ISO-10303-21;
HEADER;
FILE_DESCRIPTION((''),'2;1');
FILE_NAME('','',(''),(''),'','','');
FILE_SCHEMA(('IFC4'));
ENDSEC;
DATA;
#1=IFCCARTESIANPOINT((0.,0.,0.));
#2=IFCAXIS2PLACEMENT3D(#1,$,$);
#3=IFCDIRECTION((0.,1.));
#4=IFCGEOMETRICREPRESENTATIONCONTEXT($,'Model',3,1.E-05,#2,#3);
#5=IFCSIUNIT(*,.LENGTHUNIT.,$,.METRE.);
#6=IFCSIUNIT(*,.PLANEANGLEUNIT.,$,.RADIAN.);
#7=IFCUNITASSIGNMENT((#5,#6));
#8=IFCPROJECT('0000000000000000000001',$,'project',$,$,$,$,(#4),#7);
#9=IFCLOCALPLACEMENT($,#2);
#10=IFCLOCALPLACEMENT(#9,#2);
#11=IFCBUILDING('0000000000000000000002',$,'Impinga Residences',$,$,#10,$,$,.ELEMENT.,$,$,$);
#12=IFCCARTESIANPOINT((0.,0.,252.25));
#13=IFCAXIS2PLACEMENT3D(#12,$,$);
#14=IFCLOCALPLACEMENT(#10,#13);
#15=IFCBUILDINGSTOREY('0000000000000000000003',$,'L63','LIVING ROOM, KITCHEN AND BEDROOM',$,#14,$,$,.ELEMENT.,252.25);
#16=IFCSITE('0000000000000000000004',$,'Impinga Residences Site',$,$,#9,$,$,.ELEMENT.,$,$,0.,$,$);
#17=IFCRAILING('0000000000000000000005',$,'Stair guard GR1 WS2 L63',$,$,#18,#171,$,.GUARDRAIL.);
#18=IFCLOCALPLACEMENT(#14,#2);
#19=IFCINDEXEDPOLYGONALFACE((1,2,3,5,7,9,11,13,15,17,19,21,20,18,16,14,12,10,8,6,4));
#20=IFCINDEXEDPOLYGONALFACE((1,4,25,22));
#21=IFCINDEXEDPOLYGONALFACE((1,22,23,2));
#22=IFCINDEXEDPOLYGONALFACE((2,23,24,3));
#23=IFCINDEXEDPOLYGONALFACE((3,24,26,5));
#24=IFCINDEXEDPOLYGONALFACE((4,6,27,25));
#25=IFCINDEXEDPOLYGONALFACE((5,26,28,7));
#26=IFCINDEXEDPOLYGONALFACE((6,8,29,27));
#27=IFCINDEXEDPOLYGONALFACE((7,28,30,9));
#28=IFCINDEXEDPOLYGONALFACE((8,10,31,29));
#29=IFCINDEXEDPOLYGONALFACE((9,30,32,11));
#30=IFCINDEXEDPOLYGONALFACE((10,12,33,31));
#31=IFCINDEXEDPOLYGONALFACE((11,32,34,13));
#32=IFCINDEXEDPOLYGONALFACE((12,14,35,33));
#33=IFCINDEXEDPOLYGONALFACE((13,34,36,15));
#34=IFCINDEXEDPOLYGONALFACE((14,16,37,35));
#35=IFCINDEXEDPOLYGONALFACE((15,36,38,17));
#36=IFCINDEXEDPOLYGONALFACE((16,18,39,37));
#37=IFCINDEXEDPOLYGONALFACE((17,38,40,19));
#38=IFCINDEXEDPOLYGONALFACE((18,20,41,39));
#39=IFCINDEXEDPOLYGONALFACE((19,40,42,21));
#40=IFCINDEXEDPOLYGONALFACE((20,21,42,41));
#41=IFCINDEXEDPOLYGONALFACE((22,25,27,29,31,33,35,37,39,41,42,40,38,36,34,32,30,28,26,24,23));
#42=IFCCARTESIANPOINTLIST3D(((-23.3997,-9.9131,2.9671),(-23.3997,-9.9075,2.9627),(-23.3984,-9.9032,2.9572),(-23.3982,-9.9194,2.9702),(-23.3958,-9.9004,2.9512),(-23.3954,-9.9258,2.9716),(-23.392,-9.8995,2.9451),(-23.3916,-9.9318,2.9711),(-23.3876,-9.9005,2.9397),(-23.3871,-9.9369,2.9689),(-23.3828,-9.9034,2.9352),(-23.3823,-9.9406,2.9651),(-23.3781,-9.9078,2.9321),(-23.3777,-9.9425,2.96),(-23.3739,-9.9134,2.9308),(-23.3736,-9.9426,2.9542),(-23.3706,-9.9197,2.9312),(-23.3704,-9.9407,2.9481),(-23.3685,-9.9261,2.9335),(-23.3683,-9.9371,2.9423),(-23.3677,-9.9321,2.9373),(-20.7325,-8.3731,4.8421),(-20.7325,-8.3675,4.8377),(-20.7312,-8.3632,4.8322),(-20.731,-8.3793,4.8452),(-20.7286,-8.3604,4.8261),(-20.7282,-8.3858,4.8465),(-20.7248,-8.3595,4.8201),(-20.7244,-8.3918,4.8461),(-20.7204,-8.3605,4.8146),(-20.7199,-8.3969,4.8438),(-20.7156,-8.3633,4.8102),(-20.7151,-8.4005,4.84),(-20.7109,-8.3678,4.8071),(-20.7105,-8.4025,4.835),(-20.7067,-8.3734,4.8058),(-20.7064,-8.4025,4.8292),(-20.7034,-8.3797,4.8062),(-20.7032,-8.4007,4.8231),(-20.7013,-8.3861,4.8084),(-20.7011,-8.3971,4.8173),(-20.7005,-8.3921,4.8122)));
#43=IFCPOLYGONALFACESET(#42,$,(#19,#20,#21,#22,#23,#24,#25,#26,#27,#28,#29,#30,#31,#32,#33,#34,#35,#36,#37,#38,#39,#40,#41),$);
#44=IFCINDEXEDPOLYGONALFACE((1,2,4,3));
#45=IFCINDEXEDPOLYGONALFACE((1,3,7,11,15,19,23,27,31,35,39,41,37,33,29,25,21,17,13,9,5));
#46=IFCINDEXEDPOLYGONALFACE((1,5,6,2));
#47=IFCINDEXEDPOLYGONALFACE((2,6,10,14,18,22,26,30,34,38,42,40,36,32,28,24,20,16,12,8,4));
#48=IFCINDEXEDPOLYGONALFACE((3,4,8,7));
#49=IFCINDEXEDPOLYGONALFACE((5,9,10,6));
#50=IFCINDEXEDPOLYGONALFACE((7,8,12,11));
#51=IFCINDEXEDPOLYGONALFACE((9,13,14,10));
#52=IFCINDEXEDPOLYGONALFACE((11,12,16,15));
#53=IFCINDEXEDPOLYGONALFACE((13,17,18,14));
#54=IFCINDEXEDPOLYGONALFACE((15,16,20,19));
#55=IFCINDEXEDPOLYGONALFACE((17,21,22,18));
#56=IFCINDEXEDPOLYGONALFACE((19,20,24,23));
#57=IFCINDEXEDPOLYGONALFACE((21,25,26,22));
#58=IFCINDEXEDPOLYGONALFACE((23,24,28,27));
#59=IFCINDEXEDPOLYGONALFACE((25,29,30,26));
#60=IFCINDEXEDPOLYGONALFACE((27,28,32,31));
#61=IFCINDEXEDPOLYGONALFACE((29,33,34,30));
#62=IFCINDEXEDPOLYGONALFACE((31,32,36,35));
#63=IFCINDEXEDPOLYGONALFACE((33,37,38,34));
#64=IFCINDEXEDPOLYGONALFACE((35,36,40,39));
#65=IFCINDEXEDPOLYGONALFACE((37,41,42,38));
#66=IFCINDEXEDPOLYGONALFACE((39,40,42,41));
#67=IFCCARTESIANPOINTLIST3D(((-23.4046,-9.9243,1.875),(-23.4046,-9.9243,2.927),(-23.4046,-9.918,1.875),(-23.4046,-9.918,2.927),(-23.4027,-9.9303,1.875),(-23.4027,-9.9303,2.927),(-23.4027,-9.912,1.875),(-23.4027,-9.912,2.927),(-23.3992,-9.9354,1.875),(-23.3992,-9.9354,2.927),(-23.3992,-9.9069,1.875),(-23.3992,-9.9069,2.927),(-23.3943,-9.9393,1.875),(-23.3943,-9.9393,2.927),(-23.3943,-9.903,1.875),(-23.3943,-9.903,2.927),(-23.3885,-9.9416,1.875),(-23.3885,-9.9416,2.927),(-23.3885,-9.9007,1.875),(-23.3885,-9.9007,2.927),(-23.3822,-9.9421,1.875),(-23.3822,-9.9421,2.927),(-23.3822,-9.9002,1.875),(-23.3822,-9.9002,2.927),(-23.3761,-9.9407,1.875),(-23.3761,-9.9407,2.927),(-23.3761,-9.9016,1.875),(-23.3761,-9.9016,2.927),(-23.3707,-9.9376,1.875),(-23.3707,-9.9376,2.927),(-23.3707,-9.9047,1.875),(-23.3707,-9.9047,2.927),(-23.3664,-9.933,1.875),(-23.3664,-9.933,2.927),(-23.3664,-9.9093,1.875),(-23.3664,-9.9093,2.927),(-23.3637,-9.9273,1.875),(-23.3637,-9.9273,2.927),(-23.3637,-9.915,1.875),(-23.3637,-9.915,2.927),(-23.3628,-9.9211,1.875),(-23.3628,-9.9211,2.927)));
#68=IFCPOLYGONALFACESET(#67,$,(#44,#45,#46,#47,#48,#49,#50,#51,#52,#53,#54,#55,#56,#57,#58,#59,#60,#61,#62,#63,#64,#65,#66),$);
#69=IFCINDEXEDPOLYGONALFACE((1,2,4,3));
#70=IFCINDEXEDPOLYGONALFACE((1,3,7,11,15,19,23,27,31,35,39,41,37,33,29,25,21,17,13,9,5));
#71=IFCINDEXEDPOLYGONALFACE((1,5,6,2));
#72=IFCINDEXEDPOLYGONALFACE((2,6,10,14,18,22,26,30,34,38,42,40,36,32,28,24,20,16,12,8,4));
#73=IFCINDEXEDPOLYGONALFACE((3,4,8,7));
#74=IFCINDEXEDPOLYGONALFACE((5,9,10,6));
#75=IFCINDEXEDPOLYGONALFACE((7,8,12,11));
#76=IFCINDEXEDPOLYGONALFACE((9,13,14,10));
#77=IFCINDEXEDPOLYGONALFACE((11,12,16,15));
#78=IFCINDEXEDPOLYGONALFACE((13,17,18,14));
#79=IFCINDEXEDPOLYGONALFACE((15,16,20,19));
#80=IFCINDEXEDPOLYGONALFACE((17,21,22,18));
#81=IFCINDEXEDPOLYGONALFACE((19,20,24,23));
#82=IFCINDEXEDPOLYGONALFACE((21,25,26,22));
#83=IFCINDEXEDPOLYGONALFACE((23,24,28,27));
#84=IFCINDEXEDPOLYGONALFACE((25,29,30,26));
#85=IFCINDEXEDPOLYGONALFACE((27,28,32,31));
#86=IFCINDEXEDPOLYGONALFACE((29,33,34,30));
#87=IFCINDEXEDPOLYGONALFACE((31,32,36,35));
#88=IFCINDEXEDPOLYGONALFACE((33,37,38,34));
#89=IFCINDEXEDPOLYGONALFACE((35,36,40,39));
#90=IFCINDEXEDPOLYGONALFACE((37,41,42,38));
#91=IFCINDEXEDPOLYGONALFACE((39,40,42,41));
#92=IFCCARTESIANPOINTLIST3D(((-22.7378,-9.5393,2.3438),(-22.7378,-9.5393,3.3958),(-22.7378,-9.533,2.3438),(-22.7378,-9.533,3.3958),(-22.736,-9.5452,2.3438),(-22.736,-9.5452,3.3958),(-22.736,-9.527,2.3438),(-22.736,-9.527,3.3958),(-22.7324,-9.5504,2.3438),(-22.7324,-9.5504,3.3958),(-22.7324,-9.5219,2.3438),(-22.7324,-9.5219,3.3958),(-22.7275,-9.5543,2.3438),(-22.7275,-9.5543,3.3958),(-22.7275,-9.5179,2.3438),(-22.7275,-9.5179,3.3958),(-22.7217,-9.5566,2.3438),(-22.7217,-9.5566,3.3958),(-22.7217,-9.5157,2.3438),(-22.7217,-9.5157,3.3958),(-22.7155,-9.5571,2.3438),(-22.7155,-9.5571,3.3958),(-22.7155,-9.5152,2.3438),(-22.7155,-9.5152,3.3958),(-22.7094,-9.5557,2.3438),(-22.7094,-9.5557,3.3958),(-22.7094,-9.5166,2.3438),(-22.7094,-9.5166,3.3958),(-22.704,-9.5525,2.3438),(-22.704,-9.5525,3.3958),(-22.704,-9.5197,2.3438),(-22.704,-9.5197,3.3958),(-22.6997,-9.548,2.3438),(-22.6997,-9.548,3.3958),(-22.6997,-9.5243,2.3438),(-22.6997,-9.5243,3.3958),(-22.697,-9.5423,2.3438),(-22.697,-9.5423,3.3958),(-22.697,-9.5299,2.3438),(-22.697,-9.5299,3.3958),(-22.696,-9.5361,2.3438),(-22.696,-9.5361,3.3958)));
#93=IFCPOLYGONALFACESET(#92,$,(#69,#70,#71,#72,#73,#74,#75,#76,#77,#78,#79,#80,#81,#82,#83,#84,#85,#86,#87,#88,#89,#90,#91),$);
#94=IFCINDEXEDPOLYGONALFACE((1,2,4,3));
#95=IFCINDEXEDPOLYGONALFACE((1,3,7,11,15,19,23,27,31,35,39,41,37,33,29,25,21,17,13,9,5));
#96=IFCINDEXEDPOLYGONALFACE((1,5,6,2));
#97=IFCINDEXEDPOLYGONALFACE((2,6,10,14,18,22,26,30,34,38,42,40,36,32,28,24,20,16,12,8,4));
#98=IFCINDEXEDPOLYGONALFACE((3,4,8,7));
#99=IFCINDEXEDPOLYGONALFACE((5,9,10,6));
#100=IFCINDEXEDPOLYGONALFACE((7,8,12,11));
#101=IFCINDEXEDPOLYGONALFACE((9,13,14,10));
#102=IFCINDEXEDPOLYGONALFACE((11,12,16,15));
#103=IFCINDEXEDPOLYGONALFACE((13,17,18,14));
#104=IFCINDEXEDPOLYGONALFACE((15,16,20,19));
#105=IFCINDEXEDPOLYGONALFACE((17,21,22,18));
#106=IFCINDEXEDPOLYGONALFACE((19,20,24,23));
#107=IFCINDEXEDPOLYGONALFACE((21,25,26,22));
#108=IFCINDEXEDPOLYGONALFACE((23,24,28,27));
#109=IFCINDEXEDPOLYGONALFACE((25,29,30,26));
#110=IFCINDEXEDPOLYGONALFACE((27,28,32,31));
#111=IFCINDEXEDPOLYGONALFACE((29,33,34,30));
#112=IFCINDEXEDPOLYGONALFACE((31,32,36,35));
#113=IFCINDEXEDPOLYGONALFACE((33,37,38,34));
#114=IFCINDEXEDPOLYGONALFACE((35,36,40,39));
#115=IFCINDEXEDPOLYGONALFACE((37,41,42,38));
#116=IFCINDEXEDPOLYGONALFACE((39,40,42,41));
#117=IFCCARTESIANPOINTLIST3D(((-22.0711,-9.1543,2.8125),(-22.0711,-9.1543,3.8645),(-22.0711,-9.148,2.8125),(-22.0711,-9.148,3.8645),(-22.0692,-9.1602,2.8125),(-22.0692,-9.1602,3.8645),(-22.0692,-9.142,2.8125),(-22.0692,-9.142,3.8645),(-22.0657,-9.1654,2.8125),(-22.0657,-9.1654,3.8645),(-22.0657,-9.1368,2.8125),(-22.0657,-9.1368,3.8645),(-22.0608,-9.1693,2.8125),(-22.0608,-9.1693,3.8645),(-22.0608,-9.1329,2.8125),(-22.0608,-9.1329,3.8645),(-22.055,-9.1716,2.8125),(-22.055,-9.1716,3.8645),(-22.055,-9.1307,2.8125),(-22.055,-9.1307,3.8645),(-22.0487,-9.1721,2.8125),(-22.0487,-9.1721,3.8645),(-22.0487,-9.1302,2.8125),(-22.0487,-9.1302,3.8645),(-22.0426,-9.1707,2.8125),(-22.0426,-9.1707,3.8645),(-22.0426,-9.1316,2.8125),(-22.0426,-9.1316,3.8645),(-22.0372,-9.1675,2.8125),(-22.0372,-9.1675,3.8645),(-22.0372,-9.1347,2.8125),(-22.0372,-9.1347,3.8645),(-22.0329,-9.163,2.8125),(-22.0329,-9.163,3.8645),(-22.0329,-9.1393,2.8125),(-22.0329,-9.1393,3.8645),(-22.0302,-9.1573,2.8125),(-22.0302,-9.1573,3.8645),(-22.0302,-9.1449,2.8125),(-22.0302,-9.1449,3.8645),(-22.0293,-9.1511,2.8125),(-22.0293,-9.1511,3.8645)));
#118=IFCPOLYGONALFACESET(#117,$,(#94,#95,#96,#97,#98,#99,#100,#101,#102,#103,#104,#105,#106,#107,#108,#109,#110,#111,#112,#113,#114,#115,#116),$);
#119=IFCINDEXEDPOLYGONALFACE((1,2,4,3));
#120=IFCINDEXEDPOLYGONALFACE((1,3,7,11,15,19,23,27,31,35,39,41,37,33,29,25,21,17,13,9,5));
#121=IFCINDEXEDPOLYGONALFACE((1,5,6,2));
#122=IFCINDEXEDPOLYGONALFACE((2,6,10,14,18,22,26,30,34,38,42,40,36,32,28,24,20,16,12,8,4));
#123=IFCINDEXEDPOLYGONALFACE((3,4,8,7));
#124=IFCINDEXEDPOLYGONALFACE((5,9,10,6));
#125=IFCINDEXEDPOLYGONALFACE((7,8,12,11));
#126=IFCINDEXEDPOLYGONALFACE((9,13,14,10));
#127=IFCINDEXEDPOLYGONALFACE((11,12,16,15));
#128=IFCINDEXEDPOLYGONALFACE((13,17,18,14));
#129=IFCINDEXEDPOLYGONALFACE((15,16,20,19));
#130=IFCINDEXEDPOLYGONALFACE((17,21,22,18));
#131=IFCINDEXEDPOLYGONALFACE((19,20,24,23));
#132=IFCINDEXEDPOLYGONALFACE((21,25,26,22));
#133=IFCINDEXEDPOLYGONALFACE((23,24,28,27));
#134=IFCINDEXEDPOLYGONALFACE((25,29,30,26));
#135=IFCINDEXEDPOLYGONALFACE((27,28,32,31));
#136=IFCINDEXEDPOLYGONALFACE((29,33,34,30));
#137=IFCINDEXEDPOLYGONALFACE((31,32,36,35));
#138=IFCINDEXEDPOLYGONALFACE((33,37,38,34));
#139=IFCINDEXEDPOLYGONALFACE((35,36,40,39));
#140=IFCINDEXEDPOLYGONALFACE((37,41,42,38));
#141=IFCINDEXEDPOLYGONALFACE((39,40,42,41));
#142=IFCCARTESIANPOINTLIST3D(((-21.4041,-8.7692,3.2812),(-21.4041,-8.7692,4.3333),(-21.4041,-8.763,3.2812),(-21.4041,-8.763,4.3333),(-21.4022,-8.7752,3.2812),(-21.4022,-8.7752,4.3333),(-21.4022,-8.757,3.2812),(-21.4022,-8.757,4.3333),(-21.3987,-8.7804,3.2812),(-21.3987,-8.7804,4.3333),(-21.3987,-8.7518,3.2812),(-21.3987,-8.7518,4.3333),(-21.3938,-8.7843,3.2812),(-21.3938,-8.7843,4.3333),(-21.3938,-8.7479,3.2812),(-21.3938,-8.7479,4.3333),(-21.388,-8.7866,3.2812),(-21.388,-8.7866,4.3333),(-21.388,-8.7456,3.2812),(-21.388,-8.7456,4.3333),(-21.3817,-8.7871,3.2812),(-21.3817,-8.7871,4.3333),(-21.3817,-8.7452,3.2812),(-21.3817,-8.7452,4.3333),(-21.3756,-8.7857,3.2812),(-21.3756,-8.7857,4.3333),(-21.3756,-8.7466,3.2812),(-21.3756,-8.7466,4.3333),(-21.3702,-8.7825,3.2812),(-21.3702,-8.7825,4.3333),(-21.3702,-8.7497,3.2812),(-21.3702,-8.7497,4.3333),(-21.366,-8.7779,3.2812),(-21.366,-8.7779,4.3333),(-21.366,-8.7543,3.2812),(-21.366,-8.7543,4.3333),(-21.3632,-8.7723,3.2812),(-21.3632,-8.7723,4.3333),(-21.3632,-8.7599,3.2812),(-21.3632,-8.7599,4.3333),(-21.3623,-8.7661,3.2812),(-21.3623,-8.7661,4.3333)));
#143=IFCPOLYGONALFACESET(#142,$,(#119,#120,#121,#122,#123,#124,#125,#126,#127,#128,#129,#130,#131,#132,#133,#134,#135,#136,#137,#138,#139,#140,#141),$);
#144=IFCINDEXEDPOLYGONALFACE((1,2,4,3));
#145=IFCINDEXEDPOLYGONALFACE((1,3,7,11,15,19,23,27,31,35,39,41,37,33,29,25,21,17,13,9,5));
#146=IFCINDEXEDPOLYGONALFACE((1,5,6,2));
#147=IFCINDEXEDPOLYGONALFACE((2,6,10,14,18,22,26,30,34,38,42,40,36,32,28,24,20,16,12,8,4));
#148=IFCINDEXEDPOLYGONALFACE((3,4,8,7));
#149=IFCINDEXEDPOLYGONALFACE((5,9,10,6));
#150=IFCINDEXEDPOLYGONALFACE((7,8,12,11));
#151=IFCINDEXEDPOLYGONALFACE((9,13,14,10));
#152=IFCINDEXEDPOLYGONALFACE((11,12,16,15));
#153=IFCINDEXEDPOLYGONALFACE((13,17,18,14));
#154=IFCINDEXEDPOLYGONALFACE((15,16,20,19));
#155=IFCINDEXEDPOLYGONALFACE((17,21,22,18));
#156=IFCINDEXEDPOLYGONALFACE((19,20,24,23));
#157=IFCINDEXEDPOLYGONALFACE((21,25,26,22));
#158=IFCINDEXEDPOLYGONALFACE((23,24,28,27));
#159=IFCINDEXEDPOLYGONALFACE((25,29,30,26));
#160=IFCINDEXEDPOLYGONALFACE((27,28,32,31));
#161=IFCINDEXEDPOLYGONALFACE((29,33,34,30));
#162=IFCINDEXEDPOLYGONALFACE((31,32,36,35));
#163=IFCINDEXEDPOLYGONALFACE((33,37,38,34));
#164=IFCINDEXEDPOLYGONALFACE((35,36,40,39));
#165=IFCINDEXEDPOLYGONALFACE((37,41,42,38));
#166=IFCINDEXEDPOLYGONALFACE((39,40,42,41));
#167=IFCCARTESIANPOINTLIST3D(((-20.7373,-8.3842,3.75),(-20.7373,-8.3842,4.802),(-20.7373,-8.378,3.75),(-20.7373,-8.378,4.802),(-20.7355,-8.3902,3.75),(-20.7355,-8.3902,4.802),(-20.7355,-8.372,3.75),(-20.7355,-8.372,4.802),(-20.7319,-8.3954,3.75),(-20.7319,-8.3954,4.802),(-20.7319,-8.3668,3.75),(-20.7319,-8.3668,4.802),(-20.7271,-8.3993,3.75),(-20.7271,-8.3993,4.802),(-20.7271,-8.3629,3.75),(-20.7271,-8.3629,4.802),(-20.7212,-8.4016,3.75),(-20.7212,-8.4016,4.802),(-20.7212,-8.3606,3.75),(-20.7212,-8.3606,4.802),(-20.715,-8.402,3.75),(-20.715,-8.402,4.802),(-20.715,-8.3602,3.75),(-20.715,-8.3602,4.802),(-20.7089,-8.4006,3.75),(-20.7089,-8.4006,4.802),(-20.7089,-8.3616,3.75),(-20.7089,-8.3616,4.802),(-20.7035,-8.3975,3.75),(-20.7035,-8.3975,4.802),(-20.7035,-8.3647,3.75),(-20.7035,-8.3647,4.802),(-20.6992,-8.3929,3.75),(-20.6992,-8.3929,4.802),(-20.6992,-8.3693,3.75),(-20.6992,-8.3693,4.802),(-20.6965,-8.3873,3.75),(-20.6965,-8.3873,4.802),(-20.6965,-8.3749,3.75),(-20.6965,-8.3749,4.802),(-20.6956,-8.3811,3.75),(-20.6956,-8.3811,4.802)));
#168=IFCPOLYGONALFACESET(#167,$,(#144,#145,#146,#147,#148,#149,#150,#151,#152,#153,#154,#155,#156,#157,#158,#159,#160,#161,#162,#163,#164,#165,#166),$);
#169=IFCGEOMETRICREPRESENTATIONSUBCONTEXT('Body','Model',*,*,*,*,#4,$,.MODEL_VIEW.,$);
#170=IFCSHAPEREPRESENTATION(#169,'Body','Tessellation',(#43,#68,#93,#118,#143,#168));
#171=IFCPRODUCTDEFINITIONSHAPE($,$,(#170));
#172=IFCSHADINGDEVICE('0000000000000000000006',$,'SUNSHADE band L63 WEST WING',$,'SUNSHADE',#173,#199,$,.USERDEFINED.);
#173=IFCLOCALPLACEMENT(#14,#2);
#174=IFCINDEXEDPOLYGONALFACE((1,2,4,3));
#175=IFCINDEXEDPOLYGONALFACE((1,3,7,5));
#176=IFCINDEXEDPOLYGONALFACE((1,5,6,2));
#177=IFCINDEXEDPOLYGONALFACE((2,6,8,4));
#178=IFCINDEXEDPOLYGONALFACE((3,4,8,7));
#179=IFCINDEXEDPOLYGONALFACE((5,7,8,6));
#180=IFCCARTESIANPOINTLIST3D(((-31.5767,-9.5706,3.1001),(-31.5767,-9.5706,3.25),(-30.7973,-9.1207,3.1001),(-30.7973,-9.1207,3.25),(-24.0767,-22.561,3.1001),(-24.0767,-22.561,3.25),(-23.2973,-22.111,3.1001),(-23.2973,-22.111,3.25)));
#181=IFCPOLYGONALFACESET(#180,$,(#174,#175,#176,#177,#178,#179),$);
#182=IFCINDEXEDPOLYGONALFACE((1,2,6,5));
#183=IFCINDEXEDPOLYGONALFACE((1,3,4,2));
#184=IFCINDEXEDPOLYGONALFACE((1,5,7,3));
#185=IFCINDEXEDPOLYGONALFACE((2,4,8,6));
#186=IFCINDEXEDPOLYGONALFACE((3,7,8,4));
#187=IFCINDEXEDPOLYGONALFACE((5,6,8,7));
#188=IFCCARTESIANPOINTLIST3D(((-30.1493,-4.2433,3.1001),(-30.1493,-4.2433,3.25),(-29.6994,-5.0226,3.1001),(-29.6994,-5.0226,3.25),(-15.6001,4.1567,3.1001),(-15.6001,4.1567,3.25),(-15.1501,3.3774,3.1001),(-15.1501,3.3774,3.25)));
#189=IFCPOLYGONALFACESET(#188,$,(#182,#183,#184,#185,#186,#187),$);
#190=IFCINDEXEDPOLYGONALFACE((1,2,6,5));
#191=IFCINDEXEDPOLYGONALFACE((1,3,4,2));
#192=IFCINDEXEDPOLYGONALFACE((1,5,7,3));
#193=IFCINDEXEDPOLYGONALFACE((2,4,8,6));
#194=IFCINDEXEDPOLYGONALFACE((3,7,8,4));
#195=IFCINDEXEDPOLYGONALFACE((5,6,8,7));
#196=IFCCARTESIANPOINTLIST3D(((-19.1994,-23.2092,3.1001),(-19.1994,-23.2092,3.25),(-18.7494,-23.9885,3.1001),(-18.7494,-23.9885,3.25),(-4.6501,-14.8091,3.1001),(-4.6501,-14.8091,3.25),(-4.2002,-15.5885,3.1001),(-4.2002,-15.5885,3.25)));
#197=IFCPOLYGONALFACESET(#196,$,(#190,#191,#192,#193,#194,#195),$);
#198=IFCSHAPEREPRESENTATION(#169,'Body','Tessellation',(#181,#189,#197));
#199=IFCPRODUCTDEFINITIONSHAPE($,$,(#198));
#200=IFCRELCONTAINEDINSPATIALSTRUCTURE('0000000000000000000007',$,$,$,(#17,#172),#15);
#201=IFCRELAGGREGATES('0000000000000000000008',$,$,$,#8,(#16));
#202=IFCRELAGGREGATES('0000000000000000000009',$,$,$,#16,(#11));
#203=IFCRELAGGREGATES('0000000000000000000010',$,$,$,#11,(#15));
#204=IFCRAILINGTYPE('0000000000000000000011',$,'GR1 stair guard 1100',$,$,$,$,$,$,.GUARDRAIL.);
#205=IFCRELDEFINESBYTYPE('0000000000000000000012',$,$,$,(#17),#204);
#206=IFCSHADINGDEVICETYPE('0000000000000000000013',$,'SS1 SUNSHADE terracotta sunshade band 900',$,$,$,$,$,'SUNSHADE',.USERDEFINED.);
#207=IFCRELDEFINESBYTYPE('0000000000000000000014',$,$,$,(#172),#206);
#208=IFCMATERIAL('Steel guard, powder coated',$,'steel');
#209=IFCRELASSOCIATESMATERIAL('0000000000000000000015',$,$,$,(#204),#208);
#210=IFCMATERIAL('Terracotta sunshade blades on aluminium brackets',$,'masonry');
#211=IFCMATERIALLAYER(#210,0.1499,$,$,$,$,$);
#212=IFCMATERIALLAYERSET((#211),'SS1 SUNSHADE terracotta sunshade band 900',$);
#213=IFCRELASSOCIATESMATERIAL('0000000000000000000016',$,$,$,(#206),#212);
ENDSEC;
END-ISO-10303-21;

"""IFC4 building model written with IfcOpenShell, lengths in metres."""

from ifc_helpers import new_model, si_unit, direction, frame, origin, origin_2d, place, context, subcontext, project, spatial, rectangle, circle, extrude, material, layer, layer_set, type_object, element, save


model = new_model("IFC4")

# Units and contexts
model_context = context("Model", 3, precision=1e-05, world=origin(), true_north=direction((0.0, 1.0)))
body_context = subcontext(model_context, "Body", "Model", "MODEL_VIEW")
ifc_project = project(units=[si_unit("LENGTHUNIT", "METRE"), si_unit("PLANEANGLEUNIT", "RADIAN")], contexts=[model_context])

# Site, building, storey
site_placement = place(None, origin())
site = spatial("IfcSite", under=ifc_project, at=site_placement, Name="Impinga Residences Site", CompositionType="ELEMENT", RefElevation=0.0)
building_placement = place(site_placement, origin())
building = spatial("IfcBuilding", under=site, at=building_placement, Name="Impinga Residences", CompositionType="ELEMENT")
storey_placement = place(building_placement, frame((0.0, 0.0, 252.25)))
storey = spatial("IfcBuildingStorey", under=building, at=storey_placement, Name="L63", Description="LIVING ROOM, KITCHEN AND BEDROOM", CompositionType="ELEMENT", Elevation=252.25)

# Railing
ifc_material_1 = material(Name="Steel guard, powder coated", Category="steel")
railing_type = type_object("IfcRailingType", Name="GR1 stair guard 1100", PredefinedType="GUARDRAIL", material=ifc_material_1)
railing_placement = place(storey_placement, frame((-23.3838, -9.9211, 1.875)))
element("IfcRailing", 1, at=railing_placement, inside=storey, type_object=railing_type, Name="Stair guard GR1 WS2 L63", PredefinedType="GUARDRAIL", context=body_context, shape_type="SweptSolid", body=[
    extrude(circle(Radius=0.0239, at=origin_2d()), frame((0.0, 0.0, 1.0762), z_axis=(0.739716, 0.427105, 0.520002), x_axis=(-0.500027, 0.86601, 0.0)), (0.0, 0.0, 1.0), 3.6057),
    extrude(circle(Radius=0.021, at=origin_2d()), origin(), (0.0, 0.0, 1.0), 1.052),
    extrude(circle(Radius=0.021, at=origin_2d()), frame((0.6667, 0.385, 0.4688)), (0.0, 0.0, 1.0), 1.052),
    extrude(circle(Radius=0.021, at=origin_2d()), frame((1.3335, 0.77, 0.9375)), (0.0, 0.0, 1.0), 1.052),
    extrude(circle(Radius=0.021, at=origin_2d()), frame((2.0005, 1.155, 1.4062)), (0.0, 0.0, 1.0), 1.052),
    extrude(circle(Radius=0.021, at=origin_2d()), frame((2.6672, 1.54, 1.875)), (0.0, 0.0, 1.0), 1.052),
])

# Shading device
ifc_material_2 = material(Name="Terracotta sunshade blades on aluminium brackets", Category="masonry")
ifc_layer_1 = layer(ifc_material_2, 0.1499)
ifc_layer_set_1 = layer_set([ifc_layer_1], Name="SS1 SUNSHADE terracotta sunshade band 900")
shading_device_type = type_object("IfcShadingDeviceType", Name="SS1 SUNSHADE terracotta sunshade band 900", ElementType="SUNSHADE", PredefinedType="USERDEFINED", material=ifc_layer_set_1)
shading_device_placement = place(storey_placement, frame((-27.437, -15.8408, 3.1001), z_axis=(0.0, 0.0, 1.0), x_axis=(-0.5, 0.866025, 0.0)))
element("IfcShadingDevice", 2, at=shading_device_placement, inside=storey, type_object=shading_device_type, Name="SUNSHADE band L63 WEST WING", ObjectType="SUNSHADE", PredefinedType="USERDEFINED", context=body_context, shape_type="SweptSolid", body=[
    extrude(rectangle(XDim=15.0, YDim=0.8999, at=origin_2d()), origin(), (0.0, 0.0, 1.0), 0.1499),
    extrude(rectangle(XDim=16.8, YDim=0.8999, at=origin_2d()), frame((10.95, -11.8499, 0.0), z_axis=(0.0, 0.0, 1.0), x_axis=(0.0, -1.0, 0.0)), (0.0, 0.0, 1.0), 0.1499),
    extrude(rectangle(XDim=16.8, YDim=0.8999, at=origin_2d()), frame((-10.95, -11.8499, 0.0), z_axis=(0.0, 0.0, 1.0), x_axis=(0.0, 1.0, 0.0)), (0.0, 0.0, 1.0), 0.1499),
])

save(model, "model.ifc")
